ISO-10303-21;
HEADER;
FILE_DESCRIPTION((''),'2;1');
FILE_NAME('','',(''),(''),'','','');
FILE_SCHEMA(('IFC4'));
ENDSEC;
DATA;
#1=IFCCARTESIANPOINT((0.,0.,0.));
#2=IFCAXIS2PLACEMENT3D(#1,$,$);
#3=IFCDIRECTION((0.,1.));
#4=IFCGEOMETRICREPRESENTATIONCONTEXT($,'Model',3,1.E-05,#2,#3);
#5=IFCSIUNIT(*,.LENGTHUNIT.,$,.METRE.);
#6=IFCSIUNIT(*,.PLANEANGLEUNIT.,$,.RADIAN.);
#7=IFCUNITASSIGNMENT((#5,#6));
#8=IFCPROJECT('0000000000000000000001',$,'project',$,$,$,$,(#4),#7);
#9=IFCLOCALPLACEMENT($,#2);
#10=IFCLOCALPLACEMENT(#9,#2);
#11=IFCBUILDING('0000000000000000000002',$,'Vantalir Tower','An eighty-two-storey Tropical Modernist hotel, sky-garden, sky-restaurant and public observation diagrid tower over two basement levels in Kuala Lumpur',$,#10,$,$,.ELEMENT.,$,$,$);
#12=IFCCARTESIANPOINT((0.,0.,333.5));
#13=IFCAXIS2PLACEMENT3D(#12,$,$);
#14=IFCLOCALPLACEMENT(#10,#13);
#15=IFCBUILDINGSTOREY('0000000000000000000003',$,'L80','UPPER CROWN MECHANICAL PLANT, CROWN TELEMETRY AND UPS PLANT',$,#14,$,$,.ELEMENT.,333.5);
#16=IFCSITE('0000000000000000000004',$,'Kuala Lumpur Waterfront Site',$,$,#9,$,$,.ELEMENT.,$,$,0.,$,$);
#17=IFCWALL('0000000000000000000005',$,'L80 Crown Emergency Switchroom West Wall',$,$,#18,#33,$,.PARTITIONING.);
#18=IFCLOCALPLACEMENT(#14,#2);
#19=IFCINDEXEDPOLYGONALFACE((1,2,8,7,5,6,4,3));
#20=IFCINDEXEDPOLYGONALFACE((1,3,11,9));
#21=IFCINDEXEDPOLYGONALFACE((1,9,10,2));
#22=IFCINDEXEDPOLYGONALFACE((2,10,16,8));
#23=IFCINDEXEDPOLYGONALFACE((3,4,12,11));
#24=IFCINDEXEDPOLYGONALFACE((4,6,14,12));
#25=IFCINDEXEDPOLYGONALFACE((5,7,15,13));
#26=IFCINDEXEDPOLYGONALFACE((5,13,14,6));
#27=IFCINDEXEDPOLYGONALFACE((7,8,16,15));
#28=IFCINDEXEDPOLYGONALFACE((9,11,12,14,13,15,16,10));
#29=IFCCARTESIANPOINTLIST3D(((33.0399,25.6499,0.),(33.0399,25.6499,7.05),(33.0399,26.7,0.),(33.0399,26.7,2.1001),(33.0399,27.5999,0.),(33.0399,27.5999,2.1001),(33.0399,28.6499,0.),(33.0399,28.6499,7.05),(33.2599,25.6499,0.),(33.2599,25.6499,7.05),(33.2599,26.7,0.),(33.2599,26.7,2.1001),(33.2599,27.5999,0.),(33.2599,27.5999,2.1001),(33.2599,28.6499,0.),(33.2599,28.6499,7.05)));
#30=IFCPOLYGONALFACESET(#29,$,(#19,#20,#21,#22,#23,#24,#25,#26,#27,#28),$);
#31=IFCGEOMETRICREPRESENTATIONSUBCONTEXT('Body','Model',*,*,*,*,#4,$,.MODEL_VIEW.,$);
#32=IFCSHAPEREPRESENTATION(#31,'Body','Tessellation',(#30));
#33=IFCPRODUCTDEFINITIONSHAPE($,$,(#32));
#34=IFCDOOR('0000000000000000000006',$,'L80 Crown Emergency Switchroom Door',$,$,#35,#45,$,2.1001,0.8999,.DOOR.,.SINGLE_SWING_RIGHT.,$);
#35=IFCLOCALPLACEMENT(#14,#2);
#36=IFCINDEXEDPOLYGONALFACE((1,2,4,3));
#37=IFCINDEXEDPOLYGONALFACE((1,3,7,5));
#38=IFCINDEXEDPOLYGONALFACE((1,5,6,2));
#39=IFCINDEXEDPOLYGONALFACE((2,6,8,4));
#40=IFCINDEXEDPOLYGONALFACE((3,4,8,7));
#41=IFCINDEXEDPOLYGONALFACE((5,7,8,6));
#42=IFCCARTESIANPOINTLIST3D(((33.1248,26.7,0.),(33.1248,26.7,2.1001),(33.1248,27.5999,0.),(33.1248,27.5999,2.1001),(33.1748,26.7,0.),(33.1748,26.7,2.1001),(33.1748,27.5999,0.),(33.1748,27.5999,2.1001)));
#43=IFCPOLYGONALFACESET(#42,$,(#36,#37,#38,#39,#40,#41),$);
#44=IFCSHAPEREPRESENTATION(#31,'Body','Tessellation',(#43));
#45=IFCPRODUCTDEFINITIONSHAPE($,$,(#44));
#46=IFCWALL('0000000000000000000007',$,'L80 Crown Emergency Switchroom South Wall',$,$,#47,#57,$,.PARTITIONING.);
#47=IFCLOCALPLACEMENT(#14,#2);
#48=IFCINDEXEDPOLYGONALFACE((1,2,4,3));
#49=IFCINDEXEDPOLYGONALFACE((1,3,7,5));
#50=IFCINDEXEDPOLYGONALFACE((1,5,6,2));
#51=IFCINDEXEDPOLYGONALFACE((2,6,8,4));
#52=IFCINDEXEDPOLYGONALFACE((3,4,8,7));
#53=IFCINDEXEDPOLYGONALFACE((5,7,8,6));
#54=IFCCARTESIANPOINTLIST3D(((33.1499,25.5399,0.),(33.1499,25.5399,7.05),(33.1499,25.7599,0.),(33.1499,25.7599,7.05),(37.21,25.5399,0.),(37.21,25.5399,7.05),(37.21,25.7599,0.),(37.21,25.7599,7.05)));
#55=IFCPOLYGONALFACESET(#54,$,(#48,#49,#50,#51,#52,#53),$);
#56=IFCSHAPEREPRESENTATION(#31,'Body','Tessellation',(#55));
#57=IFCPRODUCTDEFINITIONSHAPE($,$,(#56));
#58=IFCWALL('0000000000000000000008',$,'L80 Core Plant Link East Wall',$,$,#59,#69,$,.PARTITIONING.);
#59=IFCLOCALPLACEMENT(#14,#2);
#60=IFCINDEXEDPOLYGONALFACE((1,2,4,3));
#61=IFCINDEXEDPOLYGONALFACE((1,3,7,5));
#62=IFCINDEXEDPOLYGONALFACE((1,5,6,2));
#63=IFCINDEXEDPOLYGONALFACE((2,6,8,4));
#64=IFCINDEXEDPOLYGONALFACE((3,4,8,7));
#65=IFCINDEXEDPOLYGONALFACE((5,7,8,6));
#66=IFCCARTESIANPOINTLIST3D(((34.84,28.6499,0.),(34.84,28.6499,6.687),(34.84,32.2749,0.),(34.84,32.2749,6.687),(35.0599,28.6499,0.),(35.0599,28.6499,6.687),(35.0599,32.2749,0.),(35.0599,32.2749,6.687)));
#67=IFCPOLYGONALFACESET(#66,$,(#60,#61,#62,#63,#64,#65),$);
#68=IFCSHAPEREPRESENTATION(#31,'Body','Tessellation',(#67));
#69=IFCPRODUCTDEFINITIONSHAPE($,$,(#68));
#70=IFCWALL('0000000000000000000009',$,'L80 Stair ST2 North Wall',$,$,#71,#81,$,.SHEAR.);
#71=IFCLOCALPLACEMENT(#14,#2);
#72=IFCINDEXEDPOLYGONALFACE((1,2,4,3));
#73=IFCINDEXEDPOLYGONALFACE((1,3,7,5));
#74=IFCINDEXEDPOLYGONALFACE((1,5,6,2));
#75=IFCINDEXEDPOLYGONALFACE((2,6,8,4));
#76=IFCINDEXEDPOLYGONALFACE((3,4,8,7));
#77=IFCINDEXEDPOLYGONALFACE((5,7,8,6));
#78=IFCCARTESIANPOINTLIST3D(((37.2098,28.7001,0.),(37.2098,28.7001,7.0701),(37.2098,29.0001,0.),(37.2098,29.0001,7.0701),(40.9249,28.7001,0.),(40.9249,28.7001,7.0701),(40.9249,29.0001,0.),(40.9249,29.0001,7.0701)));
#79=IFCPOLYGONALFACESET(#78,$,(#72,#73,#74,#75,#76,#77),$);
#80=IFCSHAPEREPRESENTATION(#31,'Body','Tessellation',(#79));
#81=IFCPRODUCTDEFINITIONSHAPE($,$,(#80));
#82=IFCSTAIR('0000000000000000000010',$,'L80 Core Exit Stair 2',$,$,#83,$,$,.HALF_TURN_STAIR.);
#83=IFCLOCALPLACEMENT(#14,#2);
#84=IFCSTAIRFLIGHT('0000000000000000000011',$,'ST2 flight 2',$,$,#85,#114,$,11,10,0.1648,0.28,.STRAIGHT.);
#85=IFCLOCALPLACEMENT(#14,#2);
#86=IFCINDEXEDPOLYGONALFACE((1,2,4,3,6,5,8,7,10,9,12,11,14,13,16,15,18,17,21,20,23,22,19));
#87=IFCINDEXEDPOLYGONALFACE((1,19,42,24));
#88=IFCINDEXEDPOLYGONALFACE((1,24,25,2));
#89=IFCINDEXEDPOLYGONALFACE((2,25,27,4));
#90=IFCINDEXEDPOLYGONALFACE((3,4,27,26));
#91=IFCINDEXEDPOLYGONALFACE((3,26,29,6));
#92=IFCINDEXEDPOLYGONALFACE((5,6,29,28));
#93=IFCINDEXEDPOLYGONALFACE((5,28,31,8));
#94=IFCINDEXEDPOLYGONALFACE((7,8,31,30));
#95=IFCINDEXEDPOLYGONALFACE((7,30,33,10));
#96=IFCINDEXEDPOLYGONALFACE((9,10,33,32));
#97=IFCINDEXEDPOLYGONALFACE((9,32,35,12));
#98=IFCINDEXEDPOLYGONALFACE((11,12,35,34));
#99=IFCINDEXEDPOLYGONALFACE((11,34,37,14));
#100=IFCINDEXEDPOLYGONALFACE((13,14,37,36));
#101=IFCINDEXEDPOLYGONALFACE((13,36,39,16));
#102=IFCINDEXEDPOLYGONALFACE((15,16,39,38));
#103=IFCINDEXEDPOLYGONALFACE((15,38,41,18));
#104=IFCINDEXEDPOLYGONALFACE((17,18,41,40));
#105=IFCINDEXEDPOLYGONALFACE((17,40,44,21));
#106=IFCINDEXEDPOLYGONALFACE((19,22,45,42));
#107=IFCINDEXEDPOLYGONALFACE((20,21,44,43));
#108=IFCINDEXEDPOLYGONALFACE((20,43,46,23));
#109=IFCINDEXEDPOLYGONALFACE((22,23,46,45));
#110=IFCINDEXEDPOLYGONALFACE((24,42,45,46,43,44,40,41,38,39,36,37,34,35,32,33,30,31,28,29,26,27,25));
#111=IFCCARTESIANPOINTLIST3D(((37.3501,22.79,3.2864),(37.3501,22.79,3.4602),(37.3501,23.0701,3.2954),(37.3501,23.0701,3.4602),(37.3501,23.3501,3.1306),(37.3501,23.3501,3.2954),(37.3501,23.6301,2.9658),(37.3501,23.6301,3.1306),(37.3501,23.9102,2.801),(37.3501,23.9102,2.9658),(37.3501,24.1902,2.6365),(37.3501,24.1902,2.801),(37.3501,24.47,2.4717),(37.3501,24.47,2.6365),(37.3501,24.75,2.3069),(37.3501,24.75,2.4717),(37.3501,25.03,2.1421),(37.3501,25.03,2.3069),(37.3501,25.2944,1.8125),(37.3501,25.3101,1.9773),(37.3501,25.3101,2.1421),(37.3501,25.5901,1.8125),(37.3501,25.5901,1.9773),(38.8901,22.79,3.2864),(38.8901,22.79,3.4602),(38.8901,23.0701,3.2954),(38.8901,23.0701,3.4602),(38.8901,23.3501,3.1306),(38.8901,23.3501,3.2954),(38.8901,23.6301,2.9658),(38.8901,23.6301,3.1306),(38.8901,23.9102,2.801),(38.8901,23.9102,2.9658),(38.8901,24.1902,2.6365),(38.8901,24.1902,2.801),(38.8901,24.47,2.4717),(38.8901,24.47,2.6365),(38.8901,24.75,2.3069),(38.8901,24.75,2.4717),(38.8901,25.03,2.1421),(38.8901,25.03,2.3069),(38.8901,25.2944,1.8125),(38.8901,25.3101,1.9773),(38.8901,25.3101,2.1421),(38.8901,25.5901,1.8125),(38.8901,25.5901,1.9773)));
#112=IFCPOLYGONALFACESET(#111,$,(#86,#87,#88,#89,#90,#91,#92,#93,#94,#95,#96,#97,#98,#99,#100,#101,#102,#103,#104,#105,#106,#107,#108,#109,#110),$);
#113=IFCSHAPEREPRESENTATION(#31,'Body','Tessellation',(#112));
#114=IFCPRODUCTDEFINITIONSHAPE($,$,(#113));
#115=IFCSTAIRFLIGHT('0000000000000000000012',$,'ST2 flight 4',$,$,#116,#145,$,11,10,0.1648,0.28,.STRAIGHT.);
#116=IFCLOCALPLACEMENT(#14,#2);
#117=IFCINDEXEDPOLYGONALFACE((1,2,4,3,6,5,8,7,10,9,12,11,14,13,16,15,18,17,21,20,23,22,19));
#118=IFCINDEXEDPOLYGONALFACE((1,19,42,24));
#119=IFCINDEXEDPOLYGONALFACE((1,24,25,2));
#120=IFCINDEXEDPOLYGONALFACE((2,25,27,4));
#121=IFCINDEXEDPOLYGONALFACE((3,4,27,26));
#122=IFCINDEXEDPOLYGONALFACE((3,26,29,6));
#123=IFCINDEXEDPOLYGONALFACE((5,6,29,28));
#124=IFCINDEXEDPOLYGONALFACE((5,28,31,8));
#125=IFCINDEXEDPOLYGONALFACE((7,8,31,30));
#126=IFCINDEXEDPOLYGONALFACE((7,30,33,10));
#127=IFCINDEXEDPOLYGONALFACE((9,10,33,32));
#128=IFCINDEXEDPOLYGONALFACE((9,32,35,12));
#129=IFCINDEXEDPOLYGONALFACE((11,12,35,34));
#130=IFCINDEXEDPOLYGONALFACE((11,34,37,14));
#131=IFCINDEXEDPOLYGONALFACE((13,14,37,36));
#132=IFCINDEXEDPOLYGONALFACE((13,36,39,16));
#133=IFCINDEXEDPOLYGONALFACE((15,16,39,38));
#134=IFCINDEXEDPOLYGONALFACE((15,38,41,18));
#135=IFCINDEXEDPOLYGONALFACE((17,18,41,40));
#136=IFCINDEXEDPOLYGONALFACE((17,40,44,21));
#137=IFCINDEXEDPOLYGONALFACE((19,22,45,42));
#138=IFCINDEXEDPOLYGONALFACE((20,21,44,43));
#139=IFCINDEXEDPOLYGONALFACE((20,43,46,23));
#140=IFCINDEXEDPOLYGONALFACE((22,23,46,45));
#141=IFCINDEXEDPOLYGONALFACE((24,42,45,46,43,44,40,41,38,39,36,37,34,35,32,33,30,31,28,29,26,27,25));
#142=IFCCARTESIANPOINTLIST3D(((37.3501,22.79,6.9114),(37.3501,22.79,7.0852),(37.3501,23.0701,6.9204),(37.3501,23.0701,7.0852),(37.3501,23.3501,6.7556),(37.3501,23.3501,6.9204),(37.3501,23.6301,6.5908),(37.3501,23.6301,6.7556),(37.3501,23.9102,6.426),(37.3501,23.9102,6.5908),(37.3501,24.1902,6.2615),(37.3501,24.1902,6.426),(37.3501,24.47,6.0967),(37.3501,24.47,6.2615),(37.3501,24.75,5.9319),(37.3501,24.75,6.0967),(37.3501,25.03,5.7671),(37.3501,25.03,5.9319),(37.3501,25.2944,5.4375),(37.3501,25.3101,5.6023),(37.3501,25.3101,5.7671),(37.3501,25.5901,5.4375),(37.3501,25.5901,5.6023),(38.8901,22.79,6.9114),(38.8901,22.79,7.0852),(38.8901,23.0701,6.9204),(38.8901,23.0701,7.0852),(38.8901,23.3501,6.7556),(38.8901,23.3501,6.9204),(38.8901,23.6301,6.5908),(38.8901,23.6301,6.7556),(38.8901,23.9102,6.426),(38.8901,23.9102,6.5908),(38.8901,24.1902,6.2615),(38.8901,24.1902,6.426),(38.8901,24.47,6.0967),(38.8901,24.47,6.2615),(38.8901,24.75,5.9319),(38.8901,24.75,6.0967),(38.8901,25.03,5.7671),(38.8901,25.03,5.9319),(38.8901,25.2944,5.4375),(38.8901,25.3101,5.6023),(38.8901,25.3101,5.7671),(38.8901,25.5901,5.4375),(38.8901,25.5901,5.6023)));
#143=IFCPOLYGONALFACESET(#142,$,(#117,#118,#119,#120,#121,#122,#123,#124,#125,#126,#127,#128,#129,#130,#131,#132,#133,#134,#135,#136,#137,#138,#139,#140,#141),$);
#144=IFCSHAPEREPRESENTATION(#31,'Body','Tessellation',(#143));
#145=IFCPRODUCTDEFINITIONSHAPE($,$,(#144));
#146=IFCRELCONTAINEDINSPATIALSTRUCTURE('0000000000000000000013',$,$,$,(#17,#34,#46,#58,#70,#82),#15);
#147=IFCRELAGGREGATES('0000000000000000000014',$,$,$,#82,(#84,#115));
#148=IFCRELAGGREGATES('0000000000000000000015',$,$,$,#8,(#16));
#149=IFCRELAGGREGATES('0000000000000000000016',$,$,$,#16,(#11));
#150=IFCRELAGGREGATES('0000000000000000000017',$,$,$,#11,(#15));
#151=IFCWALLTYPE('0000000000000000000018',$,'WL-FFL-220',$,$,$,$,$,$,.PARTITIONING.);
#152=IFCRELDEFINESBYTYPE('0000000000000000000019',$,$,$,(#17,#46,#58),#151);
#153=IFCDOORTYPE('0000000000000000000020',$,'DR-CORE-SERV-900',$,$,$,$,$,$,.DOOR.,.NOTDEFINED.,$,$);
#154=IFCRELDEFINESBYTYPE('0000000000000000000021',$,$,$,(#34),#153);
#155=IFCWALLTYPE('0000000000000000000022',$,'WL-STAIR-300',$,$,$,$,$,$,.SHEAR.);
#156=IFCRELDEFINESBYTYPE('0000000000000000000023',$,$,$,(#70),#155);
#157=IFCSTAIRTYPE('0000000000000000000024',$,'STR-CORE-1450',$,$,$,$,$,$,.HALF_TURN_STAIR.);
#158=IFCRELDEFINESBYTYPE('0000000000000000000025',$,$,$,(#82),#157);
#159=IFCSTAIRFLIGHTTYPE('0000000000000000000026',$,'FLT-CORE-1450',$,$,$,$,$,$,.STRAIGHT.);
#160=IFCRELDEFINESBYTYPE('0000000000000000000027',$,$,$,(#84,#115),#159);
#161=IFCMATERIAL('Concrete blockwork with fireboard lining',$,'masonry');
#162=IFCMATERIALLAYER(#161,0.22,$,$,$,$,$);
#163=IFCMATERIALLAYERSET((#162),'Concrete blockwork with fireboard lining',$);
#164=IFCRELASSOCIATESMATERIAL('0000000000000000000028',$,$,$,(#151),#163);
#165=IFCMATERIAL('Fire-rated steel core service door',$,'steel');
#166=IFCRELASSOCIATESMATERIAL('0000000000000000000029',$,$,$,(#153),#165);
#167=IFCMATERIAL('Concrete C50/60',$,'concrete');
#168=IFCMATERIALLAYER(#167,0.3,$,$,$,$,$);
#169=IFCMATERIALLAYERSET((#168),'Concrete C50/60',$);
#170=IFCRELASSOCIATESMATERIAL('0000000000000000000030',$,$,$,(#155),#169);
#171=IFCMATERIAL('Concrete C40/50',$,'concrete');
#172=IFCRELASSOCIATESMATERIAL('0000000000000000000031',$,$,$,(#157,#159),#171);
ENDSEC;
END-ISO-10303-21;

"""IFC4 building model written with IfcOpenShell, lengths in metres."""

from ifc_helpers import new_model, si_unit, direction, frame, frame_2d, origin, place, context, subcontext, project, spatial, polyline, rectangle, outline, extrude, material, layer, layer_set, type_object, element, fill, aggregate, save


model = new_model("IFC4")

# Units and contexts
model_context = context("Model", 3, precision=1e-05, world=origin(), true_north=direction((0.0, 1.0)))
body_context = subcontext(model_context, "Body", "Model", "MODEL_VIEW")
ifc_project = project(units=[si_unit("LENGTHUNIT", "METRE"), si_unit("PLANEANGLEUNIT", "RADIAN")], contexts=[model_context])

# Site, building, storey
site_placement = place(None, origin())
site = spatial("IfcSite", under=ifc_project, at=site_placement, Name="Kuala Lumpur Waterfront Site", CompositionType="ELEMENT", RefElevation=0.0)
building_placement = place(site_placement, origin())
building = spatial("IfcBuilding", under=site, at=building_placement, Name="Vantalir Tower", Description="An eighty-two-storey Tropical Modernist hotel, sky-garden, sky-restaurant and public observation diagrid tower over two basement levels in Kuala Lumpur", CompositionType="ELEMENT")
storey_placement = place(building_placement, frame((0.0, 0.0, 333.5)))
storey = spatial("IfcBuildingStorey", under=building, at=storey_placement, Name="L80", Description="UPPER CROWN MECHANICAL PLANT, CROWN TELEMETRY AND UPS PLANT", CompositionType="ELEMENT", Elevation=333.5)

# Shared definitions
ifc_material_1 = material(Name="Concrete C50/60", Category="concrete")

# Shared definitions
ifc_material_2 = material(Name="Concrete blockwork with fireboard lining", Category="masonry")
ifc_layer_1 = layer(ifc_material_2, 0.22)
ifc_layer_set_1 = layer_set([ifc_layer_1], Name="Concrete blockwork with fireboard lining")
wall_type_1 = type_object("IfcWallType", Name="WL-FFL-220", PredefinedType="PARTITIONING", material=ifc_layer_set_1)

# Wall, opening, door
wall_1_placement = place(storey_placement, frame((33.1499, 25.6499, 0.0), z_axis=(0.0, 0.0, 1.0), x_axis=(0.0, 1.0, 0.0)))
wall_1 = element("IfcWall", 1, at=wall_1_placement, inside=storey, type_object=wall_type_1, Name="L80 Crown Emergency Switchroom West Wall", PredefinedType="PARTITIONING", context=body_context, shape_type="SweptSolid", body=[
    extrude(rectangle(XDim=3.0, YDim=0.22, at=frame_2d((1.5, 0.0))), origin(), (0.0, 0.0, 1.0), 7.05),
])
opening_placement = place(wall_1_placement, frame((1.05, 0.0, 0.0)))
opening = element("IfcOpeningElement", 2, at=opening_placement, cuts=wall_1, PredefinedType="OPENING", context=body_context, shape_type="SweptSolid", body=[
    extrude(rectangle(XDim=0.8999, YDim=2.1001, at=frame_2d((0.45, 1.05))), frame((0.0, 0.1199, 0.0), z_axis=(0.0, -1.0, 0.0), x_axis=(1.0, 0.0, 0.0)), (0.0, 0.0, 1.0), 0.24),
])
ifc_material_3 = material(Name="Fire-rated steel core service door", Category="steel")
door_type = type_object("IfcDoorType", Name="DR-CORE-SERV-900", OperationType="NOTDEFINED", PredefinedType="DOOR", material=ifc_material_3)
door_placement = place(opening_placement, frame((0.8999, 0.0, 0.0), z_axis=(0.0, 0.0, 1.0), x_axis=(-1.0, 0.0, 0.0)))
door = element("IfcDoor", 3, at=door_placement, inside=storey, type_object=door_type, Name="L80 Crown Emergency Switchroom Door", OperationType="SINGLE_SWING_RIGHT", OverallHeight=2.1001, OverallWidth=0.8999, PredefinedType="DOOR", context=body_context, shape_type="SweptSolid", body=[
    extrude(rectangle(XDim=0.8999, YDim=2.1001, at=frame_2d((0.45, 1.05))), frame((0.0, 0.0249, 0.0), z_axis=(0.0, -1.0, 0.0), x_axis=(1.0, 0.0, 0.0)), (0.0, 0.0, 1.0), 0.05),
])
fill(opening, door)

# Walls
wall_2_placement = place(storey_placement, frame((33.1499, 25.6499, 0.0), z_axis=(0.0, 0.0, 1.0), x_axis=(1.0, 0.0, 0.0)))
element("IfcWall", 4, at=wall_2_placement, inside=storey, type_object=wall_type_1, Name="L80 Crown Emergency Switchroom South Wall", PredefinedType="PARTITIONING", context=body_context, shape_type="SweptSolid", body=[
    extrude(rectangle(XDim=4.0601, YDim=0.22, at=frame_2d((2.03, 0.0))), origin(), (0.0, 0.0, 1.0), 7.05),
])
wall_3_placement = place(storey_placement, frame((34.95, 28.6499, 0.0), z_axis=(0.0, 0.0, 1.0), x_axis=(0.0, 1.0, 0.0)))
element("IfcWall", 5, at=wall_3_placement, inside=storey, type_object=wall_type_1, Name="L80 Core Plant Link East Wall", PredefinedType="PARTITIONING", context=body_context, shape_type="SweptSolid", body=[
    extrude(rectangle(XDim=3.625, YDim=0.22, at=frame_2d((1.8125, 0.0))), origin(), (0.0, 0.0, 1.0), 6.687),
])
ifc_layer_2 = layer(ifc_material_1, 0.3)
ifc_layer_set_2 = layer_set([ifc_layer_2], Name="Concrete C50/60")
wall_type_2 = type_object("IfcWallType", Name="WL-STAIR-300", PredefinedType="SHEAR", material=ifc_layer_set_2)
wall_4_placement = place(storey_placement, frame((37.21, 28.8501, 0.0), z_axis=(0.0, 0.0, 1.0), x_axis=(1.0, 0.0, 0.0)))
element("IfcWall", 6, at=wall_4_placement, inside=storey, type_object=wall_type_2, Name="L80 Stair ST2 North Wall", PredefinedType="SHEAR", context=body_context, shape_type="SweptSolid", body=[
    extrude(rectangle(XDim=3.7151, YDim=0.3, at=frame_2d((1.8574, 0.0))), origin(), (0.0, 0.0, 1.0), 7.0701),
])

# Stair, stair flights
ifc_material_4 = material(Name="Concrete C40/50", Category="concrete")
stair_type = type_object("IfcStairType", Name="STR-CORE-1450", PredefinedType="HALF_TURN_STAIR", material=ifc_material_4)
stair_placement = place(storey_placement, origin())
stair = element("IfcStair", 7, at=stair_placement, inside=storey, type_object=stair_type, Name="L80 Core Exit Stair 2", PredefinedType="HALF_TURN_STAIR")
stair_flight_type = type_object("IfcStairFlightType", Name="FLT-CORE-1450", PredefinedType="STRAIGHT", material=ifc_material_4)
stair_flight_1_placement = place(storey_placement, frame((38.1201, 25.5901, 1.8125), z_axis=(0.0, 0.0, 1.0), x_axis=(0.0, -1.0, 0.0)))
stair_flight_1 = element("IfcStairFlight", 8, at=stair_flight_1_placement, type_object=stair_flight_type, Name="ST2 flight 2", NumberOfRisers=11, NumberOfTreads=10, PredefinedType="STRAIGHT", RiserHeight=0.1648, TreadLength=0.28, context=body_context, shape_type="SweptSolid", body=[
    extrude(outline(polyline([(0.0, 0.0), (0.0, 0.1648), (0.28, 0.1648), (0.28, 0.3296), (0.5601, 0.3296), (0.5601, 0.4944), (0.8401, 0.4944), (0.8401, 0.6592), (1.1201, 0.6592), (1.1201, 0.824), (1.3999, 0.824), (1.3999, 0.9885), (1.6799, 0.9885), (1.6799, 1.1533), (1.96, 1.1533), (1.96, 1.3181), (2.24, 1.3181), (2.24, 1.4829), (2.52, 1.4829), (2.52, 1.6477), (2.8, 1.6477), (2.8, 1.8125), (2.8, 1.4739), (0.2957, 0.0), (0.0, 0.0)])), frame((0.0, 0.77, 0.0), z_axis=(0.0, -1.0, 0.0), x_axis=(1.0, 0.0, 0.0)), (0.0, 0.0, 1.0), 1.54),
])
stair_flight_2_placement = place(storey_placement, frame((38.1201, 25.5901, 5.4375), z_axis=(0.0, 0.0, 1.0), x_axis=(0.0, -1.0, 0.0)))
stair_flight_2 = element("IfcStairFlight", 9, at=stair_flight_2_placement, type_object=stair_flight_type, Name="ST2 flight 4", NumberOfRisers=11, NumberOfTreads=10, PredefinedType="STRAIGHT", RiserHeight=0.1648, TreadLength=0.28, context=body_context, shape_type="SweptSolid", body=[
    extrude(outline(polyline([(0.0, 0.0), (0.0, 0.1648), (0.28, 0.1648), (0.28, 0.3296), (0.5601, 0.3296), (0.5601, 0.4944), (0.8401, 0.4944), (0.8401, 0.6592), (1.1201, 0.6592), (1.1201, 0.824), (1.3999, 0.824), (1.3999, 0.9885), (1.6799, 0.9885), (1.6799, 1.1533), (1.96, 1.1533), (1.96, 1.3181), (2.24, 1.3181), (2.24, 1.4829), (2.52, 1.4829), (2.52, 1.6477), (2.8, 1.6477), (2.8, 1.8125), (2.8, 1.4739), (0.2957, 0.0), (0.0, 0.0)])), frame((0.0, 0.77, 0.0), z_axis=(0.0, -1.0, 0.0), x_axis=(1.0, 0.0, 0.0)), (0.0, 0.0, 1.0), 1.54),
])
aggregate(stair, [stair_flight_1, stair_flight_2])

save(model, "model.ifc")
